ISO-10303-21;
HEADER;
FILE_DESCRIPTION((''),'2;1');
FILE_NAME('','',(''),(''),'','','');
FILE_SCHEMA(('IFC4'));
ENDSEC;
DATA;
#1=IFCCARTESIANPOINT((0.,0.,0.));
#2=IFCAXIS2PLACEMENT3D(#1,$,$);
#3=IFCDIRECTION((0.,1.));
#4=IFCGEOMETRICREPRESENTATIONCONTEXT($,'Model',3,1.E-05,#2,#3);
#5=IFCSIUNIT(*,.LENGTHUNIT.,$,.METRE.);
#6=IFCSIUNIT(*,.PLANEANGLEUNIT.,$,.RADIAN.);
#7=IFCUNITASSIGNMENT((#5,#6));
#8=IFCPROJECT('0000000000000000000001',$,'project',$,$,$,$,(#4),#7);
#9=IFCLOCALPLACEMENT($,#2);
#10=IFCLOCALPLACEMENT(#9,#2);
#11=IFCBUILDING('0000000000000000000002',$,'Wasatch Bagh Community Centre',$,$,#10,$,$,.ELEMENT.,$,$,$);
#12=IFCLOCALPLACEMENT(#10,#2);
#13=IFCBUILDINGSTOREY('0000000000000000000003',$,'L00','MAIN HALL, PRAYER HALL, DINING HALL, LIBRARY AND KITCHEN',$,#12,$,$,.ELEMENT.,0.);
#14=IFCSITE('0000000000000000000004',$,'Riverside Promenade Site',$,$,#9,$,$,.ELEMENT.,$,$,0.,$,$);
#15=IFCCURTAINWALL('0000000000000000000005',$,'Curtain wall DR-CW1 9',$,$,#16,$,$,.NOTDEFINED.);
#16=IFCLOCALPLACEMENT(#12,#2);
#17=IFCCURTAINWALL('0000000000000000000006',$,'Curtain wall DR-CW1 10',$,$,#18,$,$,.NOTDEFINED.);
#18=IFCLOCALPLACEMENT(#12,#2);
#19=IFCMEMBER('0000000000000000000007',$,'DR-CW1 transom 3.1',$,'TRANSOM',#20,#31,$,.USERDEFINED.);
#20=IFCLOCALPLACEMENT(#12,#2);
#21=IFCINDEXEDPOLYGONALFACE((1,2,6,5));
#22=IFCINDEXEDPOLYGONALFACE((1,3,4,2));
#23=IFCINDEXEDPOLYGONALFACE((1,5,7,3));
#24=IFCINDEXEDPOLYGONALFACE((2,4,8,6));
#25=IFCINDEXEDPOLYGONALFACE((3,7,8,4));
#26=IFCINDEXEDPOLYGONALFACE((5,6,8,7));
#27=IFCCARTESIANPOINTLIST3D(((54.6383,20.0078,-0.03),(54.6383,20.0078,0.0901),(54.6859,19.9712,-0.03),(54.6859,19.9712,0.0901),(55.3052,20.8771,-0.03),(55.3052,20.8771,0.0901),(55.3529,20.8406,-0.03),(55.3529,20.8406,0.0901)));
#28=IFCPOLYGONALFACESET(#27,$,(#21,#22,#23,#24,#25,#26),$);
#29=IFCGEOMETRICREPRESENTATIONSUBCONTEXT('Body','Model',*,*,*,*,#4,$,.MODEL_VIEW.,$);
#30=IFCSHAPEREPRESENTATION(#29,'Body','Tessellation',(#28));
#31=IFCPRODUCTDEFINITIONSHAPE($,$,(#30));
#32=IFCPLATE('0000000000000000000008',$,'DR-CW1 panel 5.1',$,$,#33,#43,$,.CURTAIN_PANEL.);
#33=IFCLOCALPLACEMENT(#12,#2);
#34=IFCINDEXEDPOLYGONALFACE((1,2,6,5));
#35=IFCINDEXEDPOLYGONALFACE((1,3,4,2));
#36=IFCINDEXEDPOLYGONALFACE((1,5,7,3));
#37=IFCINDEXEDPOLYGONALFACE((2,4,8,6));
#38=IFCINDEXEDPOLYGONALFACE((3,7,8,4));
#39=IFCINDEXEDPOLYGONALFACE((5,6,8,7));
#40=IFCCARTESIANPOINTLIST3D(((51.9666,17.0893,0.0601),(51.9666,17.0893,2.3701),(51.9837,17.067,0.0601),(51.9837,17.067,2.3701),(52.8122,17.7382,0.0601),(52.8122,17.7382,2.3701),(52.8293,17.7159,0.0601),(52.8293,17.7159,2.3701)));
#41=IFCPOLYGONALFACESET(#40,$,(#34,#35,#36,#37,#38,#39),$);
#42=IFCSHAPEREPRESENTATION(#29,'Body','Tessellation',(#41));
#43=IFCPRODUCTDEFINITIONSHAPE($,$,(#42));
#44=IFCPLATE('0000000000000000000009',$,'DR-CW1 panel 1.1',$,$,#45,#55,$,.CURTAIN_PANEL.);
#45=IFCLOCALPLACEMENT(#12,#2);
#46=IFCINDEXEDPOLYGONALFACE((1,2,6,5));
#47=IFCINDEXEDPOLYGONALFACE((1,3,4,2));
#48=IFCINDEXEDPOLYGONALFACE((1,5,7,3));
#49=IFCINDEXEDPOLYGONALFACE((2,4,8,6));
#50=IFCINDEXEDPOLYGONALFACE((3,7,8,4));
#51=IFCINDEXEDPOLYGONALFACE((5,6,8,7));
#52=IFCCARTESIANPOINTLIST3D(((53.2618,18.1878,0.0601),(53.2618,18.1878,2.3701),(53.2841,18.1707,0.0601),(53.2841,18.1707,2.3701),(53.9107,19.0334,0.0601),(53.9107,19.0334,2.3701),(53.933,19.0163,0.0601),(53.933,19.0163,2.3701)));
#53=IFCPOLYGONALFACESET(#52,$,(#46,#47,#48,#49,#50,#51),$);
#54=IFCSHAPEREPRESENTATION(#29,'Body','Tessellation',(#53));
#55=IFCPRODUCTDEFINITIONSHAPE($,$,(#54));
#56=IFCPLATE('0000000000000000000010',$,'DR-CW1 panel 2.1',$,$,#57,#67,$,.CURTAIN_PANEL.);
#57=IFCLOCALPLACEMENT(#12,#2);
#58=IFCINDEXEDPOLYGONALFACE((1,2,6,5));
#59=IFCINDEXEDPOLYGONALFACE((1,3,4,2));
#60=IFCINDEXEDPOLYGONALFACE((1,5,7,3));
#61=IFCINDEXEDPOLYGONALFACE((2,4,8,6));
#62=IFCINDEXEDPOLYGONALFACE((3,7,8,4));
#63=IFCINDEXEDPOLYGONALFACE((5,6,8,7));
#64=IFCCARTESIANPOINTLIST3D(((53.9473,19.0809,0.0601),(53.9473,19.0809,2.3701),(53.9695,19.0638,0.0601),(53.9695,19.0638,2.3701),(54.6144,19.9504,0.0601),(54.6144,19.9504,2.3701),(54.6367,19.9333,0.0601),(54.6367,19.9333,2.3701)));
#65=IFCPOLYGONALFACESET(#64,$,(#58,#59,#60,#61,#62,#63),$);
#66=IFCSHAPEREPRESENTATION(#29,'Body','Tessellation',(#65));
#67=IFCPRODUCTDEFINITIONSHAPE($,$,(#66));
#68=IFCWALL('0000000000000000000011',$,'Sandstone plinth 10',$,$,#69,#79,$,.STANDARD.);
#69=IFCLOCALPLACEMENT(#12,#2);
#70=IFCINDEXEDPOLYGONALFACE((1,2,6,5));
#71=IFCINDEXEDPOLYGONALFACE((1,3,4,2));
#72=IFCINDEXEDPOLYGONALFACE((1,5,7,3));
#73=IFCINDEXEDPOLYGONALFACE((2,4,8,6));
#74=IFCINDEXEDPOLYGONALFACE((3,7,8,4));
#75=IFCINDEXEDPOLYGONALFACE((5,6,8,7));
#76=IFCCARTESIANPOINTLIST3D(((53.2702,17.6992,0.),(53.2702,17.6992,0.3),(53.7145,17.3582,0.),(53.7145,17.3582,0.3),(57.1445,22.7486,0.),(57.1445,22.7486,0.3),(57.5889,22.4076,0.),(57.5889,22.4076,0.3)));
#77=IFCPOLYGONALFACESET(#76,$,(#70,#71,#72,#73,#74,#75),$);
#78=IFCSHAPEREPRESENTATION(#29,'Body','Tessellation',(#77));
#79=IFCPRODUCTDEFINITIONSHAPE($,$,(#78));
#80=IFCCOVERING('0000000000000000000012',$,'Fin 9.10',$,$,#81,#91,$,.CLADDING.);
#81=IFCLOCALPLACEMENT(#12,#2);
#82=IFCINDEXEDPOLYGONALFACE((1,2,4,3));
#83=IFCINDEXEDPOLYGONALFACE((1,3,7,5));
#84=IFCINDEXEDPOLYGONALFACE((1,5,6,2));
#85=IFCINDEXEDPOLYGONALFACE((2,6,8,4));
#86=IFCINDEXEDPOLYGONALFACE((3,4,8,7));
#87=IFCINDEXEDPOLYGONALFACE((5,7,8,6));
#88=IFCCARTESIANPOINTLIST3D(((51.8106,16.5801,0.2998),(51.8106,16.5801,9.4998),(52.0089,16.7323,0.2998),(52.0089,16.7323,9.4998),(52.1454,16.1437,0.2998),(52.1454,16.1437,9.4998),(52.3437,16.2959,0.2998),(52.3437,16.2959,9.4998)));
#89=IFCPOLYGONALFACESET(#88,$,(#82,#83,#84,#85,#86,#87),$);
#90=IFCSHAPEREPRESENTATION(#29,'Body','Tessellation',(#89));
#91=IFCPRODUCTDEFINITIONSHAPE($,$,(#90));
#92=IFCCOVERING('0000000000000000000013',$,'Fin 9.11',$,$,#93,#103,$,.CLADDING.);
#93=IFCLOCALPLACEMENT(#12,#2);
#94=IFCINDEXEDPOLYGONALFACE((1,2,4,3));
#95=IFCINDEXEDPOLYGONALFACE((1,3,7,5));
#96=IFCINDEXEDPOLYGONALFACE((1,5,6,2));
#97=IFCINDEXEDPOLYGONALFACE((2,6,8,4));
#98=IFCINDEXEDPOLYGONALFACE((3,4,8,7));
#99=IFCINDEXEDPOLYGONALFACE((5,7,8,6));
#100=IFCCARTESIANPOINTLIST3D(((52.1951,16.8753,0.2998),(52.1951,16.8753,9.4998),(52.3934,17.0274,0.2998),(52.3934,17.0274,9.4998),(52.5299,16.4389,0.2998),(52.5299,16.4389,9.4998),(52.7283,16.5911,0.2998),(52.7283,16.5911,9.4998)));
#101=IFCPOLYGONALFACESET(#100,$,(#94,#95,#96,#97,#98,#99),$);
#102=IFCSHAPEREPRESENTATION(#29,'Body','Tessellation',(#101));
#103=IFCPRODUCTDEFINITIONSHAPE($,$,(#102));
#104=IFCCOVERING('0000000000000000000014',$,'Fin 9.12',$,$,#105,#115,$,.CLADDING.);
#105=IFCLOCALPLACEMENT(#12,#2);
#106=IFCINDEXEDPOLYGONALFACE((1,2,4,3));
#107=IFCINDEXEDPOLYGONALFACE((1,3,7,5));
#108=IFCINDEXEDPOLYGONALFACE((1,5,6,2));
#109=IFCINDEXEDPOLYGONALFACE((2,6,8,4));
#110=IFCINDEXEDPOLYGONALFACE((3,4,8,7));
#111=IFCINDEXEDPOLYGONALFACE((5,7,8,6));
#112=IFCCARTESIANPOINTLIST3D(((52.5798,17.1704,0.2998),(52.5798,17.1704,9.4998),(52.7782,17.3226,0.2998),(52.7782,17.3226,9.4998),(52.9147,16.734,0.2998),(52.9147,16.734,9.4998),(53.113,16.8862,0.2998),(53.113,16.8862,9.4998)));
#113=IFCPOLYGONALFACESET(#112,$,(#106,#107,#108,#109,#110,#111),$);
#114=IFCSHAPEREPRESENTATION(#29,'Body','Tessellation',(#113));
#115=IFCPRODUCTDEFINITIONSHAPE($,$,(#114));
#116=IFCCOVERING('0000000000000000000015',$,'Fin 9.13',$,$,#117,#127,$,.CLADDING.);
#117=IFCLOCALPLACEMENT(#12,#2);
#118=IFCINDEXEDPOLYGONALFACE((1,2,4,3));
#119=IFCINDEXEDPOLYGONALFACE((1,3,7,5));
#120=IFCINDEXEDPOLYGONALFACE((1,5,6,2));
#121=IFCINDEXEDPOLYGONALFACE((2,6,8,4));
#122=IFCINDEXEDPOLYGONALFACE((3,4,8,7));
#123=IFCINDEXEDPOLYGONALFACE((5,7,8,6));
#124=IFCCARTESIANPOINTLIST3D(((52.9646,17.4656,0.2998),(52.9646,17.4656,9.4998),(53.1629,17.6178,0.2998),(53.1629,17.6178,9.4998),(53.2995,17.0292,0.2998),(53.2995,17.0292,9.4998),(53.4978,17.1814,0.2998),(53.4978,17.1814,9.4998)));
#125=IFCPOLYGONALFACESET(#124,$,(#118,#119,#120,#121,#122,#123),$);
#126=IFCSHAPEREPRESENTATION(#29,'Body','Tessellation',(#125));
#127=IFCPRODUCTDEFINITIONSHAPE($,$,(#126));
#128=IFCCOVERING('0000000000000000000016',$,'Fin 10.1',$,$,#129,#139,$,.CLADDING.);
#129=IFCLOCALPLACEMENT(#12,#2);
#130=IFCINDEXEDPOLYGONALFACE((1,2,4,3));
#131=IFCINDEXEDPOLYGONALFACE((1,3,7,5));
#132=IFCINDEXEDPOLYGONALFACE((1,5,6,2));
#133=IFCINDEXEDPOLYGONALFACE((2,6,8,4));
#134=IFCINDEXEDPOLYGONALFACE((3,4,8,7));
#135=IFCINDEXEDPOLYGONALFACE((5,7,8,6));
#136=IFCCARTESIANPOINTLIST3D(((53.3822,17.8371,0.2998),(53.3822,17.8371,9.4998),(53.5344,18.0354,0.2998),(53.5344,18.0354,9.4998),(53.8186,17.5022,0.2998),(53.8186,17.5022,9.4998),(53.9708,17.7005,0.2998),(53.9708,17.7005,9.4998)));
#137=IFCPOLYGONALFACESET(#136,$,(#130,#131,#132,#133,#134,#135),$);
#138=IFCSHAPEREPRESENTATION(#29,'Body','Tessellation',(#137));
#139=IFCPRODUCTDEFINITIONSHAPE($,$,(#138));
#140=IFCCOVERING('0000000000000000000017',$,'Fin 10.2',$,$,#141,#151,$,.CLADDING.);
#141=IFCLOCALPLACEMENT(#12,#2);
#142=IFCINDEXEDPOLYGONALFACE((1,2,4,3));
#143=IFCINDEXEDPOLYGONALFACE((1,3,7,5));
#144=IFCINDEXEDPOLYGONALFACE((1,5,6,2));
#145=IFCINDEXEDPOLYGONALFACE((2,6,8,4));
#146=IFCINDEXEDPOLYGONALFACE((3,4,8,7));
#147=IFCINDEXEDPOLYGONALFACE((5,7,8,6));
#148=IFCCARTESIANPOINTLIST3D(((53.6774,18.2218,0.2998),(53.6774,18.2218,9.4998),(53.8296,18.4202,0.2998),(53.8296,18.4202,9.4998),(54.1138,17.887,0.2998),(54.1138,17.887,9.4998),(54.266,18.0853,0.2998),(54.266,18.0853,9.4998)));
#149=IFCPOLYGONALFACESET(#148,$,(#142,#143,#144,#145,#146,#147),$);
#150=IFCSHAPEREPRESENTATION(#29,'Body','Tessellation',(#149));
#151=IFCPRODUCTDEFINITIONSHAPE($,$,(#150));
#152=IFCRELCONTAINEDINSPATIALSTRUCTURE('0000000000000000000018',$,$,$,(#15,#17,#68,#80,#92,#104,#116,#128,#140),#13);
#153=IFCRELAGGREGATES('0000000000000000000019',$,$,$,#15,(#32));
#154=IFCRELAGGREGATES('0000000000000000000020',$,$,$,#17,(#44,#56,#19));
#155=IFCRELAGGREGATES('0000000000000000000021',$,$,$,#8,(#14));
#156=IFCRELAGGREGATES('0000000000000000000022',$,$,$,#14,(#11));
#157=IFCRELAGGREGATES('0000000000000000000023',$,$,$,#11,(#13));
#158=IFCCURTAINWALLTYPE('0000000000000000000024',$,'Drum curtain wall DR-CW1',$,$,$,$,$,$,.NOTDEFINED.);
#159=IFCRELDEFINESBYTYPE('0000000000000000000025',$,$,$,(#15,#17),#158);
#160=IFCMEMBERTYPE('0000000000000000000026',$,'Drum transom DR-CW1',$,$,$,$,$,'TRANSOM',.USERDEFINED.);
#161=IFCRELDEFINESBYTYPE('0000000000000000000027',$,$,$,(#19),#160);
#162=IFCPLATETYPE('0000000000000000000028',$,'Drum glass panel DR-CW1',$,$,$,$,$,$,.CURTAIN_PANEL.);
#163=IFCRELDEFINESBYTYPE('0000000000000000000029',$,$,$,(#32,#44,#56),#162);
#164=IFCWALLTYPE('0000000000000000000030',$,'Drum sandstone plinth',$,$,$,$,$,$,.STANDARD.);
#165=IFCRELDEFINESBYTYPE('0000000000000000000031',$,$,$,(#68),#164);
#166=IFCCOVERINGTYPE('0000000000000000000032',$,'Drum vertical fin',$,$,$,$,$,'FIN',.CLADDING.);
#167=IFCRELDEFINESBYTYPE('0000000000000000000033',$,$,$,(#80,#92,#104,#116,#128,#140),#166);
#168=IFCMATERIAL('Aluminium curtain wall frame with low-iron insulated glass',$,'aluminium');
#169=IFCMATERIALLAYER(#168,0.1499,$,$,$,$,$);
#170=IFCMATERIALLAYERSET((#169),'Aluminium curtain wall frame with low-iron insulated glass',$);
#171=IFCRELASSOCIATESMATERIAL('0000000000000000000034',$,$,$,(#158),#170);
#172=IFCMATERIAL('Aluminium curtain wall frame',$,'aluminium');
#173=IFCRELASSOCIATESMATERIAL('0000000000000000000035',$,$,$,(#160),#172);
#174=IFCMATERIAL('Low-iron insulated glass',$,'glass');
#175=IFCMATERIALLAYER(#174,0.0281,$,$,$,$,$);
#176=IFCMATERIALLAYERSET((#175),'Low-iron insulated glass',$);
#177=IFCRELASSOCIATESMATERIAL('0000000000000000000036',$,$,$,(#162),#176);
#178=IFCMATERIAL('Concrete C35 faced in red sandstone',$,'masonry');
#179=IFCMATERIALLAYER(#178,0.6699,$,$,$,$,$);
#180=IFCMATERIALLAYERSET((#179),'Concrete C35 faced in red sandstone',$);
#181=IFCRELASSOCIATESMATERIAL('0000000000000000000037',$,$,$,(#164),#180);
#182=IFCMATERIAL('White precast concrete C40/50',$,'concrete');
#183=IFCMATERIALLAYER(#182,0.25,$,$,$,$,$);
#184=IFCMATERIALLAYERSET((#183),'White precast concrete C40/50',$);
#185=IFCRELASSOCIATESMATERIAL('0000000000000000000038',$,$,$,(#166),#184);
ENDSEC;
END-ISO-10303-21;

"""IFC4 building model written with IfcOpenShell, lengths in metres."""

from ifc_helpers import new_model, si_unit, direction, frame, frame_2d, origin, origin_2d, place, context, subcontext, project, spatial, rectangle, extrude, material, layer, layer_set, material_profile, profile_set, type_object, element, aggregate, save


model = new_model("IFC4")

# Units and contexts
model_context = context("Model", 3, precision=1e-05, world=origin(), true_north=direction((0.0, 1.0)))
body_context = subcontext(model_context, "Body", "Model", "MODEL_VIEW")
ifc_project = project(units=[si_unit("LENGTHUNIT", "METRE"), si_unit("PLANEANGLEUNIT", "RADIAN")], contexts=[model_context])

# Site, building, storey
site_placement = place(None, origin())
site = spatial("IfcSite", under=ifc_project, at=site_placement, Name="Riverside Promenade Site", CompositionType="ELEMENT", RefElevation=0.0)
building_placement = place(site_placement, origin())
building = spatial("IfcBuilding", under=site, at=building_placement, Name="Wasatch Bagh Community Centre", CompositionType="ELEMENT")
storey_placement = place(building_placement, origin())
storey = spatial("IfcBuildingStorey", under=building, at=storey_placement, Name="L00", Description="MAIN HALL, PRAYER HALL, DINING HALL, LIBRARY AND KITCHEN", CompositionType="ELEMENT", Elevation=0.0)

# Curtain wall
ifc_material_1 = material(Name="Aluminium curtain wall frame with low-iron insulated glass", Category="aluminium")
ifc_layer_1 = layer(ifc_material_1, 0.1499)
ifc_layer_set_1 = layer_set([ifc_layer_1], Name="Aluminium curtain wall frame with low-iron insulated glass")
curtain_wall_type = type_object("IfcCurtainWallType", Name="Drum curtain wall DR-CW1", PredefinedType="NOTDEFINED", material=ifc_layer_set_1)
curtain_wall_1_placement = place(storey_placement, origin())
curtain_wall_1 = element("IfcCurtainWall", 1, at=curtain_wall_1_placement, inside=storey, type_object=curtain_wall_type, Name="Curtain wall DR-CW1 9", PredefinedType="NOTDEFINED")
ifc_material_2 = material(Name="Aluminium curtain wall frame", Category="aluminium")

# Curtain wall
curtain_wall_2_placement = place(storey_placement, origin())
curtain_wall_2 = element("IfcCurtainWall", 2, at=curtain_wall_2_placement, inside=storey, type_object=curtain_wall_type, Name="Curtain wall DR-CW1 10", PredefinedType="NOTDEFINED")

# Member
ifc_material_profile_1 = material_profile(ifc_material_2, rectangle(XDim=0.0601, YDim=0.1201, at=origin_2d()), Name="Drum transom DR-CW1")
ifc_profile_set_1 = profile_set([ifc_material_profile_1], Name="Aluminium curtain wall frame")
member_type_1 = type_object("IfcMemberType", Name="Drum transom DR-CW1", ElementType="TRANSOM", PredefinedType="USERDEFINED", material=ifc_profile_set_1)
member_1_placement = place(storey_placement, frame((54.6621, 19.9895, 0.03), z_axis=(0.608698, 0.793402, 0.0), x_axis=(-0.793402, 0.608698, 0.0)))
member_1 = element("IfcMember", 3, at=member_1_placement, type_object=member_type_1, Name="DR-CW1 transom 3.1", ObjectType="TRANSOM", PredefinedType="USERDEFINED", context=body_context, shape_type="SweptSolid", body=[
    extrude(rectangle(XDim=0.0601, YDim=0.1201, at=origin_2d()), origin(), (0.0, 0.0, 1.0), 1.0957),
])

# Plates
ifc_material_3 = material(Name="Low-iron insulated glass", Category="glass")
ifc_layer_2 = layer(ifc_material_3, 0.0281)
ifc_layer_set_2 = layer_set([ifc_layer_2], Name="Low-iron insulated glass")
plate_type = type_object("IfcPlateType", Name="Drum glass panel DR-CW1", PredefinedType="CURTAIN_PANEL", material=ifc_layer_set_2)
plate_1_placement = place(storey_placement, frame((52.3979, 17.4026, 0.0601), z_axis=(0.0, 0.0, 1.0), x_axis=(0.793353, 0.608761, 0.0)))
plate_1 = element("IfcPlate", 4, at=plate_1_placement, type_object=plate_type, Name="DR-CW1 panel 5.1", PredefinedType="CURTAIN_PANEL", context=body_context, shape_type="SweptSolid", body=[
    extrude(rectangle(XDim=1.0659, YDim=0.0281, at=origin_2d()), origin(), (0.0, 0.0, 1.0), 2.3101),
])
aggregate(curtain_wall_1, [plate_1])
plate_2_placement = place(storey_placement, frame((53.5974, 18.6021, 0.0601), z_axis=(0.0, 0.0, 1.0), x_axis=(0.608761, 0.793353, 0.0)))
plate_2 = element("IfcPlate", 5, at=plate_2_placement, type_object=plate_type, Name="DR-CW1 panel 1.1", PredefinedType="CURTAIN_PANEL", context=body_context, shape_type="SweptSolid", body=[
    extrude(rectangle(XDim=1.0659, YDim=0.0281, at=origin_2d()), origin(), (0.0, 0.0, 1.0), 2.3101),
])
plate_3_placement = place(storey_placement, frame((54.292, 19.5071, 0.0601), z_axis=(0.0, 0.0, 1.0), x_axis=(0.608761, 0.793353, 0.0)))
plate_3 = element("IfcPlate", 6, at=plate_3_placement, type_object=plate_type, Name="DR-CW1 panel 2.1", PredefinedType="CURTAIN_PANEL", context=body_context, shape_type="SweptSolid", body=[
    extrude(rectangle(XDim=1.0959, YDim=0.0281, at=origin_2d()), origin(), (0.0, 0.0, 1.0), 2.3101),
])
aggregate(curtain_wall_2, [plate_2, plate_3, member_1])

# Wall
ifc_material_4 = material(Name="Concrete C35 faced in red sandstone", Category="masonry")
ifc_layer_3 = layer(ifc_material_4, 0.6699)
ifc_layer_set_3 = layer_set([ifc_layer_3], Name="Concrete C35 faced in red sandstone")
wall_type = type_object("IfcWallType", Name="Drum sandstone plinth", PredefinedType="STANDARD", material=ifc_layer_set_3)
wall_placement = place(storey_placement, frame((53.4924, 17.5288, 0.0), z_axis=(0.0, 0.0, 1.0), x_axis=(0.608741, 0.793369, 0.0)))
element("IfcWall", 7, at=wall_placement, inside=storey, type_object=wall_type, Name="Sandstone plinth 10", PredefinedType="STANDARD", context=body_context, shape_type="SweptSolid", body=[
    extrude(rectangle(XDim=6.3645, YDim=0.5601, at=frame_2d((3.1821, 0.0))), origin(), (0.0, 0.0, 1.0), 0.3),
])

# Coverings
ifc_material_5 = material(Name="White precast concrete C40/50", Category="concrete")
ifc_layer_4 = layer(ifc_material_5, 0.25)
ifc_layer_set_4 = layer_set([ifc_layer_4], Name="White precast concrete C40/50")
covering_type = type_object("IfcCoveringType", Name="Drum vertical fin", ElementType="FIN", PredefinedType="CLADDING", material=ifc_layer_set_4)
for number, where, z_axis, x_axis, name in (
    (8, (52.0771, 16.438, 0.2998), (0.0, 0.0, 1.0), (0.793353, 0.608761, 0.0), "Fin 9.10"),
    (9, (52.4617, 16.7332, 0.2998), (0.0, 0.0, 1.0), (0.793353, 0.608761, 0.0), "Fin 9.11"),
    (10, (52.8464, 17.0283, 0.2998), (0.0, 0.0, 1.0), (0.793353, 0.608761, 0.0), "Fin 9.12"),
    (11, (53.2312, 17.3235, 0.2998), (0.0, 0.0, 1.0), (0.793353, 0.608761, 0.0), "Fin 9.13"),
    (12, (53.6765, 17.7688, 0.2998), (0.0, 0.0, 1.0), (0.608761, 0.793353, 0.0), "Fin 10.1"),
    (13, (53.9717, 18.1536, 0.2998), (0.0, 0.0, 1.0), (0.608761, 0.793353, 0.0), "Fin 10.2"),
):
    element("IfcCovering", number, at=place(storey_placement, frame(where, z_axis=z_axis, x_axis=x_axis)), inside=storey, type_object=covering_type, Name=name, PredefinedType="CLADDING", context=body_context, shape_type="SweptSolid", body=[
        extrude(rectangle(XDim=0.25, YDim=0.55, at=origin_2d()), origin(), (0.0, 0.0, 1.0), 9.2),
    ])

save(model, "model.ifc")
